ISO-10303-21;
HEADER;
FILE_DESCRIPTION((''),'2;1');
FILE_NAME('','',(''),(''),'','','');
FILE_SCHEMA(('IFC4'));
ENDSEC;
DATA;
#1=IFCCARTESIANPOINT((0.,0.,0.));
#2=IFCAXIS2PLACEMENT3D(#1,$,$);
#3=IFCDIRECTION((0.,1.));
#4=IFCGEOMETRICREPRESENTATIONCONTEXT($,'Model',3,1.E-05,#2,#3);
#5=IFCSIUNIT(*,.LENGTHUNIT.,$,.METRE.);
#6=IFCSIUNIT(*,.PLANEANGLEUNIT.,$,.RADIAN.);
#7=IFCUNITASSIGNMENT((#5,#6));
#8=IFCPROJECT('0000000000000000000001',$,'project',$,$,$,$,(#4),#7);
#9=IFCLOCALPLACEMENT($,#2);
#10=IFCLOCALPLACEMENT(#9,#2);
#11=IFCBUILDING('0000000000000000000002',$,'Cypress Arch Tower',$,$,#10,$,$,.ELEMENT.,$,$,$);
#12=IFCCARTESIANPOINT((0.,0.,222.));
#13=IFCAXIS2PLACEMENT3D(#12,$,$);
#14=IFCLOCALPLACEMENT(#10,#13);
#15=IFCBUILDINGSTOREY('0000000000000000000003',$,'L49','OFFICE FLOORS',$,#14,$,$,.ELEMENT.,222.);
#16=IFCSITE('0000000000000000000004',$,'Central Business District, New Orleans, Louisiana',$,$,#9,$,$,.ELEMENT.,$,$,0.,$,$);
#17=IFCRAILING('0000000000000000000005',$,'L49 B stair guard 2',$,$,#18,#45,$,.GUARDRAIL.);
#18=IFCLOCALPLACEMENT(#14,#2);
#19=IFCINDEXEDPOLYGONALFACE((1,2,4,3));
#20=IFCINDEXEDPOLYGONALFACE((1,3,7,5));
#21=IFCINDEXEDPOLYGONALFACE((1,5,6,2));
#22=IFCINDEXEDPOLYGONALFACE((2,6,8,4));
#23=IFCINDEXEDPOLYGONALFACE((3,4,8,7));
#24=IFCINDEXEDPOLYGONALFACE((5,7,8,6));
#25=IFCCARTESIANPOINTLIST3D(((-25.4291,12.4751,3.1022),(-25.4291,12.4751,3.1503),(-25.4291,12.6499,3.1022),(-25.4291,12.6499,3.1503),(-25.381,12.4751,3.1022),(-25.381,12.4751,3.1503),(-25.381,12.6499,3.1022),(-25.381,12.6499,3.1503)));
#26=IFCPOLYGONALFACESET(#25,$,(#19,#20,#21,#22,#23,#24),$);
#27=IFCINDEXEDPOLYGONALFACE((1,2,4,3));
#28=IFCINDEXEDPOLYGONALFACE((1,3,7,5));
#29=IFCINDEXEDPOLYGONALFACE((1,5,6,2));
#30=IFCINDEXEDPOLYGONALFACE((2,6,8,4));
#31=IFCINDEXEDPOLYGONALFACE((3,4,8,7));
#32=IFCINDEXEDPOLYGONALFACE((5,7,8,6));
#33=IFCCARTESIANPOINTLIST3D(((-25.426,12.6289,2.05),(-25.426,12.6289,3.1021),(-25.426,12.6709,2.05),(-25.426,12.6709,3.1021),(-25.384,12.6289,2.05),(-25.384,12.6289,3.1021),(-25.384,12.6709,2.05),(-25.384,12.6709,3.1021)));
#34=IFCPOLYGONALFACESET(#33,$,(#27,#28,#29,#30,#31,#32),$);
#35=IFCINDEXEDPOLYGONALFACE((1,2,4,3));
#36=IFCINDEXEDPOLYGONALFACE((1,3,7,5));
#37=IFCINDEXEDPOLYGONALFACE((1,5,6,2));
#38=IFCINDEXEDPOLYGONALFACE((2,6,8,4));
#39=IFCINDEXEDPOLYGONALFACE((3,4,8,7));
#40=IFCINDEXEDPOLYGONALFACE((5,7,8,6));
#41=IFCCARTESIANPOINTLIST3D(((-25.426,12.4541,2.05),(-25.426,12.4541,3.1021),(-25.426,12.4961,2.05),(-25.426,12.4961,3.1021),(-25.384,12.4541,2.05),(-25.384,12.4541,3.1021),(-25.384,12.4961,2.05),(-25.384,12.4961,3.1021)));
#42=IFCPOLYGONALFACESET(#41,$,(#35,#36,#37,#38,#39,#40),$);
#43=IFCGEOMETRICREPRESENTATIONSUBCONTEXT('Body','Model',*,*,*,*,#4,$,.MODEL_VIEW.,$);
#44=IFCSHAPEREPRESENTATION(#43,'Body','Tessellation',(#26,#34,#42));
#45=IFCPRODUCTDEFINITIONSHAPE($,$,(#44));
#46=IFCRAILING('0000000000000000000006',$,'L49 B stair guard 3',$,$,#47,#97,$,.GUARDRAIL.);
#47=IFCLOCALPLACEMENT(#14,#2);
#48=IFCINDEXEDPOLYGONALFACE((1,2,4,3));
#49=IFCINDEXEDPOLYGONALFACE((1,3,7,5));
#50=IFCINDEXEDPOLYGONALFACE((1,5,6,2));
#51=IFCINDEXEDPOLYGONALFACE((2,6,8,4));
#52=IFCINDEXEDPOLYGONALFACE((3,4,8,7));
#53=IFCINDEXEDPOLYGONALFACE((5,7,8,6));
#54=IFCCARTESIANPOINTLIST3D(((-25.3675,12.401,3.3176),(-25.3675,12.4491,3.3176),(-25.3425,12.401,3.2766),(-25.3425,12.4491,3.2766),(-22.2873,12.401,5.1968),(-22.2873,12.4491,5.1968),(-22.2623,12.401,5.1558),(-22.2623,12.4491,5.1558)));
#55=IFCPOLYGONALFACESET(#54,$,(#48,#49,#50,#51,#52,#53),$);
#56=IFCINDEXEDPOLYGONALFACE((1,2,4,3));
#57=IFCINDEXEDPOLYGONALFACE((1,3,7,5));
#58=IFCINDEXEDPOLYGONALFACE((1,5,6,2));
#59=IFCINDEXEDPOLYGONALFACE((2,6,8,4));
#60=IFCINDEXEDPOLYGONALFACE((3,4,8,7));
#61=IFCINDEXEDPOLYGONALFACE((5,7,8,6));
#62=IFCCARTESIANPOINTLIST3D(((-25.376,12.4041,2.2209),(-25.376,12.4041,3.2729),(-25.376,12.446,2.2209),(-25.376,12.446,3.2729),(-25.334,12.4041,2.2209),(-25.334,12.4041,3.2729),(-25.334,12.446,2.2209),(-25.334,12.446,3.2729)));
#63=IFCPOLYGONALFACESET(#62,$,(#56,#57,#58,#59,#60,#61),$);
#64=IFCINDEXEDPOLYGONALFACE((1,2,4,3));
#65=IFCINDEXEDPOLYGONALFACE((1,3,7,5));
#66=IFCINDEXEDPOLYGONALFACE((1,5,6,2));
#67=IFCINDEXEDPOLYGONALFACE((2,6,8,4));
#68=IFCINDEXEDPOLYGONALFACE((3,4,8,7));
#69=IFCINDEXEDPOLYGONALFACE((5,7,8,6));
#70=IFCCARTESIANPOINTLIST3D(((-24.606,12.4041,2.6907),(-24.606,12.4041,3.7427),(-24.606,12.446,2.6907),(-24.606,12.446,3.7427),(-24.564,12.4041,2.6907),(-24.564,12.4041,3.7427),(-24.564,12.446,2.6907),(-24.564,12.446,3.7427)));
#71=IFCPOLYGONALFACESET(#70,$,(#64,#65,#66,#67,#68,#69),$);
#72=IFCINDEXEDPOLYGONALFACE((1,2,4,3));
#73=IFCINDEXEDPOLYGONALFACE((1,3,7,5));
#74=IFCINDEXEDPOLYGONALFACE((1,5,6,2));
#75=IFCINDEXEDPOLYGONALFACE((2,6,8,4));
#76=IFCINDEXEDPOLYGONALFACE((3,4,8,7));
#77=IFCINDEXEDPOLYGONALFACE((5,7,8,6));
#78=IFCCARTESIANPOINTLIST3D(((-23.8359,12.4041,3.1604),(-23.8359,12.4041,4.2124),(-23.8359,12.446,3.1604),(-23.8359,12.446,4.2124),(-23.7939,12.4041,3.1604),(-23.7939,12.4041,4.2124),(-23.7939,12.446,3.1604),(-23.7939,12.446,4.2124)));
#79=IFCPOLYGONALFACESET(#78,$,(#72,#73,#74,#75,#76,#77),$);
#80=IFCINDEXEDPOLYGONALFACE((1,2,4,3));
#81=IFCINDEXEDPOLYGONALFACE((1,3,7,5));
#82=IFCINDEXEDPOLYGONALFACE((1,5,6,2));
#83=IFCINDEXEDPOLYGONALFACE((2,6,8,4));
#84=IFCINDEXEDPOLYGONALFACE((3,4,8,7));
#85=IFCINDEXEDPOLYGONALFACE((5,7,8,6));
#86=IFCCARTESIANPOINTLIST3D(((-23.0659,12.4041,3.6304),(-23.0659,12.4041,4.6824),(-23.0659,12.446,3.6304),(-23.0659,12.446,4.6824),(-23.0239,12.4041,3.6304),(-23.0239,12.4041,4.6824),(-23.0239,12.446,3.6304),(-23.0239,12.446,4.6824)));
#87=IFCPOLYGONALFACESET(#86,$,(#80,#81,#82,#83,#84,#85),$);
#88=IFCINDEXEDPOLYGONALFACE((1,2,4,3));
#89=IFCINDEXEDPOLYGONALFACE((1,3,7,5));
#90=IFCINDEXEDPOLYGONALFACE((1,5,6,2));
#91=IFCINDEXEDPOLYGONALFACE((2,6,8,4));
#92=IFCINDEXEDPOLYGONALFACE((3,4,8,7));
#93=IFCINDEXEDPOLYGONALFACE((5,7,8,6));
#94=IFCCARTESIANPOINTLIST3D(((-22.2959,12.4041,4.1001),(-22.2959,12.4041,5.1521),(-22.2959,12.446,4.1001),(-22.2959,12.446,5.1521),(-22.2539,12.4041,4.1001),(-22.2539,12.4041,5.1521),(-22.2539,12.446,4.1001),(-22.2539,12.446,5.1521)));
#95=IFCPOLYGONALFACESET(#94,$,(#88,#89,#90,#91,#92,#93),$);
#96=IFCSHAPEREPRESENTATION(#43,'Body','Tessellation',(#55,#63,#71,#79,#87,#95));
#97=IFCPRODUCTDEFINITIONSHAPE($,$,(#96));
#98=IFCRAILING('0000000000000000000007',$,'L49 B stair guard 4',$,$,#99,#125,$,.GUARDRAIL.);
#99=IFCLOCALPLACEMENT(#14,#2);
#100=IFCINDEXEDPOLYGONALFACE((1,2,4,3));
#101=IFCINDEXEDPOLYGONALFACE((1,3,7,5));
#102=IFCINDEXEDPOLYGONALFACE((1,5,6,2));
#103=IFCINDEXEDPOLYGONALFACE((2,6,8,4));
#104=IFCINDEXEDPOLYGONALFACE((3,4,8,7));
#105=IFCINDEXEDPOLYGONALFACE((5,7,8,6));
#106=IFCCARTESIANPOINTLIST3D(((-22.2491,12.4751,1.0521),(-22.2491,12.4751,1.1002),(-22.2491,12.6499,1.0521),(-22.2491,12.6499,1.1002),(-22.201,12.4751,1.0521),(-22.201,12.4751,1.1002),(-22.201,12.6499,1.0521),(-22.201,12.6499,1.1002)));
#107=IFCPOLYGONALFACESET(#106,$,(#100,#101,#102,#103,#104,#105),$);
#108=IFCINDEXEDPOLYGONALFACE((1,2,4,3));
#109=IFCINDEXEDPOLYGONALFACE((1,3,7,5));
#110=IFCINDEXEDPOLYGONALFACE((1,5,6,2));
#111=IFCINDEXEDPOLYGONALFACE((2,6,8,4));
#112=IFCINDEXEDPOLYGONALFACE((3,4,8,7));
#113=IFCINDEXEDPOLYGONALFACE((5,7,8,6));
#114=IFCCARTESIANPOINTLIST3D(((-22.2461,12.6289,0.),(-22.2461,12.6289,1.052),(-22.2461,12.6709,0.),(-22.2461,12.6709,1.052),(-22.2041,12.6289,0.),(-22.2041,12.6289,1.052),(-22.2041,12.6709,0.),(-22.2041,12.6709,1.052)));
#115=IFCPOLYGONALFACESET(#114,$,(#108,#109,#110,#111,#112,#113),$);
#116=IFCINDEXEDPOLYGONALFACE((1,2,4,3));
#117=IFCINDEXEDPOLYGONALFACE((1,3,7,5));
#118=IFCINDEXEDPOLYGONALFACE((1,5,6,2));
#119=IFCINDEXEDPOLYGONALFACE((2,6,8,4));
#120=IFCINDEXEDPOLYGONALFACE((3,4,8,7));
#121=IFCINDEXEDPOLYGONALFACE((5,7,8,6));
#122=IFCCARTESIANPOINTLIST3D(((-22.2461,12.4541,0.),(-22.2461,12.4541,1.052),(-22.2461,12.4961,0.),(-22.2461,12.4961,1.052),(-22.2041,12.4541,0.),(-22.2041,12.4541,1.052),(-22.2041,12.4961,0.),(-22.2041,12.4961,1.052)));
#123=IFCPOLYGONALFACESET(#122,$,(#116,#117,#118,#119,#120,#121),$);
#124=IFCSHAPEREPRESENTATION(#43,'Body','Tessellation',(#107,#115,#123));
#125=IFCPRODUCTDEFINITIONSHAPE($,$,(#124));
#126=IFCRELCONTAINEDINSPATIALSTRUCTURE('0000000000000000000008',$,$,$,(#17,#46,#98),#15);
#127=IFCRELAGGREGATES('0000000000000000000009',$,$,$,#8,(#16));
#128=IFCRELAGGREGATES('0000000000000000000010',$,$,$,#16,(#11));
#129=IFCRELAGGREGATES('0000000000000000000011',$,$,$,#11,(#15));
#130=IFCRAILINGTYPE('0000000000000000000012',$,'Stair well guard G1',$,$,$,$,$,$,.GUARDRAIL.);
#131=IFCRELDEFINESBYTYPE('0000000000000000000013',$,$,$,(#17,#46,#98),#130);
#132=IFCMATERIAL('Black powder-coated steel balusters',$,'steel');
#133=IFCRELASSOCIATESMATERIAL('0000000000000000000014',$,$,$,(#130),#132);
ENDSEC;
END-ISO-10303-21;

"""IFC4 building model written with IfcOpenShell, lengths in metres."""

from ifc_helpers import new_model, si_unit, direction, frame, origin, origin_2d, place, context, subcontext, project, spatial, rectangle, extrude, material, type_object, element, save


model = new_model("IFC4")

# Units and contexts
model_context = context("Model", 3, precision=1e-05, world=origin(), true_north=direction((0.0, 1.0)))
body_context = subcontext(model_context, "Body", "Model", "MODEL_VIEW")
ifc_project = project(units=[si_unit("LENGTHUNIT", "METRE"), si_unit("PLANEANGLEUNIT", "RADIAN")], contexts=[model_context])

# Site, building, storey
site_placement = place(None, origin())
site = spatial("IfcSite", under=ifc_project, at=site_placement, Name="Central Business District, New Orleans, Louisiana", CompositionType="ELEMENT", RefElevation=0.0)
building_placement = place(site_placement, origin())
building = spatial("IfcBuilding", under=site, at=building_placement, Name="Cypress Arch Tower", CompositionType="ELEMENT")
storey_placement = place(building_placement, frame((0.0, 0.0, 222.0)))
storey = spatial("IfcBuildingStorey", under=building, at=storey_placement, Name="L49", Description="OFFICE FLOORS", CompositionType="ELEMENT", Elevation=222.0)

# Railings
ifc_material_1 = material(Name="Black powder-coated steel balusters", Category="steel")
railing_type_1 = type_object("IfcRailingType", Name="Stair well guard G1", PredefinedType="GUARDRAIL", material=ifc_material_1)
railing_1_placement = place(storey_placement, frame((-25.405, 12.6499, 2.05)))
element("IfcRailing", 1, at=railing_1_placement, inside=storey, type_object=railing_type_1, Name="L49 B stair guard 2", PredefinedType="GUARDRAIL", context=body_context, shape_type="SweptSolid", body=[
    extrude(rectangle(XDim=0.0481, YDim=0.0481, at=origin_2d()), frame((0.0, 0.0, 1.0762), z_axis=(0.0, -1.0, 0.0), x_axis=(1.0, 0.0, 0.0)), (0.0, 0.0, 1.0), 0.1748),
    extrude(rectangle(XDim=0.042, YDim=0.042, at=origin_2d()), origin(), (0.0, 0.0, 1.0), 1.052),
    extrude(rectangle(XDim=0.042, YDim=0.042, at=origin_2d()), frame((0.0, -0.1748, 0.0)), (0.0, 0.0, 1.0), 1.052),
])
railing_2_placement = place(storey_placement, frame((-25.355, 12.425, 2.2209)))
element("IfcRailing", 2, at=railing_2_placement, inside=storey, type_object=railing_type_1, Name="L49 B stair guard 3", PredefinedType="GUARDRAIL", context=body_context, shape_type="SweptSolid", body=[
    extrude(rectangle(XDim=0.0481, YDim=0.0481, at=origin_2d()), frame((0.0, 0.0, 1.0762), z_axis=(0.853666, 0.0, 0.52082), x_axis=(0.0, 1.0, 0.0)), (0.0, 0.0, 1.0), 3.6082),
    extrude(rectangle(XDim=0.042, YDim=0.042, at=origin_2d()), origin(), (0.0, 0.0, 1.0), 1.052),
    extrude(rectangle(XDim=0.042, YDim=0.042, at=origin_2d()), frame((0.77, 0.0, 0.4697)), (0.0, 0.0, 1.0), 1.052),
    extrude(rectangle(XDim=0.042, YDim=0.042, at=origin_2d()), frame((1.54, 0.0, 0.9395)), (0.0, 0.0, 1.0), 1.052),
    extrude(rectangle(XDim=0.042, YDim=0.042, at=origin_2d()), frame((2.3101, 0.0, 1.4094)), (0.0, 0.0, 1.0), 1.052),
    extrude(rectangle(XDim=0.042, YDim=0.042, at=origin_2d()), frame((3.0801, 0.0, 1.8792)), (0.0, 0.0, 1.0), 1.052),
])
railing_3_placement = place(storey_placement, frame((-22.2251, 12.6499, 0.0)))
element("IfcRailing", 3, at=railing_3_placement, inside=storey, type_object=railing_type_1, Name="L49 B stair guard 4", PredefinedType="GUARDRAIL", context=body_context, shape_type="SweptSolid", body=[
    extrude(rectangle(XDim=0.0481, YDim=0.0481, at=origin_2d()), frame((0.0, 0.0, 1.0762), z_axis=(0.0, -1.0, 0.0), x_axis=(1.0, 0.0, 0.0)), (0.0, 0.0, 1.0), 0.1748),
    extrude(rectangle(XDim=0.042, YDim=0.042, at=origin_2d()), origin(), (0.0, 0.0, 1.0), 1.052),
    extrude(rectangle(XDim=0.042, YDim=0.042, at=origin_2d()), frame((0.0, -0.1748, 0.0)), (0.0, 0.0, 1.0), 1.052),
])

save(model, "model.ifc")
